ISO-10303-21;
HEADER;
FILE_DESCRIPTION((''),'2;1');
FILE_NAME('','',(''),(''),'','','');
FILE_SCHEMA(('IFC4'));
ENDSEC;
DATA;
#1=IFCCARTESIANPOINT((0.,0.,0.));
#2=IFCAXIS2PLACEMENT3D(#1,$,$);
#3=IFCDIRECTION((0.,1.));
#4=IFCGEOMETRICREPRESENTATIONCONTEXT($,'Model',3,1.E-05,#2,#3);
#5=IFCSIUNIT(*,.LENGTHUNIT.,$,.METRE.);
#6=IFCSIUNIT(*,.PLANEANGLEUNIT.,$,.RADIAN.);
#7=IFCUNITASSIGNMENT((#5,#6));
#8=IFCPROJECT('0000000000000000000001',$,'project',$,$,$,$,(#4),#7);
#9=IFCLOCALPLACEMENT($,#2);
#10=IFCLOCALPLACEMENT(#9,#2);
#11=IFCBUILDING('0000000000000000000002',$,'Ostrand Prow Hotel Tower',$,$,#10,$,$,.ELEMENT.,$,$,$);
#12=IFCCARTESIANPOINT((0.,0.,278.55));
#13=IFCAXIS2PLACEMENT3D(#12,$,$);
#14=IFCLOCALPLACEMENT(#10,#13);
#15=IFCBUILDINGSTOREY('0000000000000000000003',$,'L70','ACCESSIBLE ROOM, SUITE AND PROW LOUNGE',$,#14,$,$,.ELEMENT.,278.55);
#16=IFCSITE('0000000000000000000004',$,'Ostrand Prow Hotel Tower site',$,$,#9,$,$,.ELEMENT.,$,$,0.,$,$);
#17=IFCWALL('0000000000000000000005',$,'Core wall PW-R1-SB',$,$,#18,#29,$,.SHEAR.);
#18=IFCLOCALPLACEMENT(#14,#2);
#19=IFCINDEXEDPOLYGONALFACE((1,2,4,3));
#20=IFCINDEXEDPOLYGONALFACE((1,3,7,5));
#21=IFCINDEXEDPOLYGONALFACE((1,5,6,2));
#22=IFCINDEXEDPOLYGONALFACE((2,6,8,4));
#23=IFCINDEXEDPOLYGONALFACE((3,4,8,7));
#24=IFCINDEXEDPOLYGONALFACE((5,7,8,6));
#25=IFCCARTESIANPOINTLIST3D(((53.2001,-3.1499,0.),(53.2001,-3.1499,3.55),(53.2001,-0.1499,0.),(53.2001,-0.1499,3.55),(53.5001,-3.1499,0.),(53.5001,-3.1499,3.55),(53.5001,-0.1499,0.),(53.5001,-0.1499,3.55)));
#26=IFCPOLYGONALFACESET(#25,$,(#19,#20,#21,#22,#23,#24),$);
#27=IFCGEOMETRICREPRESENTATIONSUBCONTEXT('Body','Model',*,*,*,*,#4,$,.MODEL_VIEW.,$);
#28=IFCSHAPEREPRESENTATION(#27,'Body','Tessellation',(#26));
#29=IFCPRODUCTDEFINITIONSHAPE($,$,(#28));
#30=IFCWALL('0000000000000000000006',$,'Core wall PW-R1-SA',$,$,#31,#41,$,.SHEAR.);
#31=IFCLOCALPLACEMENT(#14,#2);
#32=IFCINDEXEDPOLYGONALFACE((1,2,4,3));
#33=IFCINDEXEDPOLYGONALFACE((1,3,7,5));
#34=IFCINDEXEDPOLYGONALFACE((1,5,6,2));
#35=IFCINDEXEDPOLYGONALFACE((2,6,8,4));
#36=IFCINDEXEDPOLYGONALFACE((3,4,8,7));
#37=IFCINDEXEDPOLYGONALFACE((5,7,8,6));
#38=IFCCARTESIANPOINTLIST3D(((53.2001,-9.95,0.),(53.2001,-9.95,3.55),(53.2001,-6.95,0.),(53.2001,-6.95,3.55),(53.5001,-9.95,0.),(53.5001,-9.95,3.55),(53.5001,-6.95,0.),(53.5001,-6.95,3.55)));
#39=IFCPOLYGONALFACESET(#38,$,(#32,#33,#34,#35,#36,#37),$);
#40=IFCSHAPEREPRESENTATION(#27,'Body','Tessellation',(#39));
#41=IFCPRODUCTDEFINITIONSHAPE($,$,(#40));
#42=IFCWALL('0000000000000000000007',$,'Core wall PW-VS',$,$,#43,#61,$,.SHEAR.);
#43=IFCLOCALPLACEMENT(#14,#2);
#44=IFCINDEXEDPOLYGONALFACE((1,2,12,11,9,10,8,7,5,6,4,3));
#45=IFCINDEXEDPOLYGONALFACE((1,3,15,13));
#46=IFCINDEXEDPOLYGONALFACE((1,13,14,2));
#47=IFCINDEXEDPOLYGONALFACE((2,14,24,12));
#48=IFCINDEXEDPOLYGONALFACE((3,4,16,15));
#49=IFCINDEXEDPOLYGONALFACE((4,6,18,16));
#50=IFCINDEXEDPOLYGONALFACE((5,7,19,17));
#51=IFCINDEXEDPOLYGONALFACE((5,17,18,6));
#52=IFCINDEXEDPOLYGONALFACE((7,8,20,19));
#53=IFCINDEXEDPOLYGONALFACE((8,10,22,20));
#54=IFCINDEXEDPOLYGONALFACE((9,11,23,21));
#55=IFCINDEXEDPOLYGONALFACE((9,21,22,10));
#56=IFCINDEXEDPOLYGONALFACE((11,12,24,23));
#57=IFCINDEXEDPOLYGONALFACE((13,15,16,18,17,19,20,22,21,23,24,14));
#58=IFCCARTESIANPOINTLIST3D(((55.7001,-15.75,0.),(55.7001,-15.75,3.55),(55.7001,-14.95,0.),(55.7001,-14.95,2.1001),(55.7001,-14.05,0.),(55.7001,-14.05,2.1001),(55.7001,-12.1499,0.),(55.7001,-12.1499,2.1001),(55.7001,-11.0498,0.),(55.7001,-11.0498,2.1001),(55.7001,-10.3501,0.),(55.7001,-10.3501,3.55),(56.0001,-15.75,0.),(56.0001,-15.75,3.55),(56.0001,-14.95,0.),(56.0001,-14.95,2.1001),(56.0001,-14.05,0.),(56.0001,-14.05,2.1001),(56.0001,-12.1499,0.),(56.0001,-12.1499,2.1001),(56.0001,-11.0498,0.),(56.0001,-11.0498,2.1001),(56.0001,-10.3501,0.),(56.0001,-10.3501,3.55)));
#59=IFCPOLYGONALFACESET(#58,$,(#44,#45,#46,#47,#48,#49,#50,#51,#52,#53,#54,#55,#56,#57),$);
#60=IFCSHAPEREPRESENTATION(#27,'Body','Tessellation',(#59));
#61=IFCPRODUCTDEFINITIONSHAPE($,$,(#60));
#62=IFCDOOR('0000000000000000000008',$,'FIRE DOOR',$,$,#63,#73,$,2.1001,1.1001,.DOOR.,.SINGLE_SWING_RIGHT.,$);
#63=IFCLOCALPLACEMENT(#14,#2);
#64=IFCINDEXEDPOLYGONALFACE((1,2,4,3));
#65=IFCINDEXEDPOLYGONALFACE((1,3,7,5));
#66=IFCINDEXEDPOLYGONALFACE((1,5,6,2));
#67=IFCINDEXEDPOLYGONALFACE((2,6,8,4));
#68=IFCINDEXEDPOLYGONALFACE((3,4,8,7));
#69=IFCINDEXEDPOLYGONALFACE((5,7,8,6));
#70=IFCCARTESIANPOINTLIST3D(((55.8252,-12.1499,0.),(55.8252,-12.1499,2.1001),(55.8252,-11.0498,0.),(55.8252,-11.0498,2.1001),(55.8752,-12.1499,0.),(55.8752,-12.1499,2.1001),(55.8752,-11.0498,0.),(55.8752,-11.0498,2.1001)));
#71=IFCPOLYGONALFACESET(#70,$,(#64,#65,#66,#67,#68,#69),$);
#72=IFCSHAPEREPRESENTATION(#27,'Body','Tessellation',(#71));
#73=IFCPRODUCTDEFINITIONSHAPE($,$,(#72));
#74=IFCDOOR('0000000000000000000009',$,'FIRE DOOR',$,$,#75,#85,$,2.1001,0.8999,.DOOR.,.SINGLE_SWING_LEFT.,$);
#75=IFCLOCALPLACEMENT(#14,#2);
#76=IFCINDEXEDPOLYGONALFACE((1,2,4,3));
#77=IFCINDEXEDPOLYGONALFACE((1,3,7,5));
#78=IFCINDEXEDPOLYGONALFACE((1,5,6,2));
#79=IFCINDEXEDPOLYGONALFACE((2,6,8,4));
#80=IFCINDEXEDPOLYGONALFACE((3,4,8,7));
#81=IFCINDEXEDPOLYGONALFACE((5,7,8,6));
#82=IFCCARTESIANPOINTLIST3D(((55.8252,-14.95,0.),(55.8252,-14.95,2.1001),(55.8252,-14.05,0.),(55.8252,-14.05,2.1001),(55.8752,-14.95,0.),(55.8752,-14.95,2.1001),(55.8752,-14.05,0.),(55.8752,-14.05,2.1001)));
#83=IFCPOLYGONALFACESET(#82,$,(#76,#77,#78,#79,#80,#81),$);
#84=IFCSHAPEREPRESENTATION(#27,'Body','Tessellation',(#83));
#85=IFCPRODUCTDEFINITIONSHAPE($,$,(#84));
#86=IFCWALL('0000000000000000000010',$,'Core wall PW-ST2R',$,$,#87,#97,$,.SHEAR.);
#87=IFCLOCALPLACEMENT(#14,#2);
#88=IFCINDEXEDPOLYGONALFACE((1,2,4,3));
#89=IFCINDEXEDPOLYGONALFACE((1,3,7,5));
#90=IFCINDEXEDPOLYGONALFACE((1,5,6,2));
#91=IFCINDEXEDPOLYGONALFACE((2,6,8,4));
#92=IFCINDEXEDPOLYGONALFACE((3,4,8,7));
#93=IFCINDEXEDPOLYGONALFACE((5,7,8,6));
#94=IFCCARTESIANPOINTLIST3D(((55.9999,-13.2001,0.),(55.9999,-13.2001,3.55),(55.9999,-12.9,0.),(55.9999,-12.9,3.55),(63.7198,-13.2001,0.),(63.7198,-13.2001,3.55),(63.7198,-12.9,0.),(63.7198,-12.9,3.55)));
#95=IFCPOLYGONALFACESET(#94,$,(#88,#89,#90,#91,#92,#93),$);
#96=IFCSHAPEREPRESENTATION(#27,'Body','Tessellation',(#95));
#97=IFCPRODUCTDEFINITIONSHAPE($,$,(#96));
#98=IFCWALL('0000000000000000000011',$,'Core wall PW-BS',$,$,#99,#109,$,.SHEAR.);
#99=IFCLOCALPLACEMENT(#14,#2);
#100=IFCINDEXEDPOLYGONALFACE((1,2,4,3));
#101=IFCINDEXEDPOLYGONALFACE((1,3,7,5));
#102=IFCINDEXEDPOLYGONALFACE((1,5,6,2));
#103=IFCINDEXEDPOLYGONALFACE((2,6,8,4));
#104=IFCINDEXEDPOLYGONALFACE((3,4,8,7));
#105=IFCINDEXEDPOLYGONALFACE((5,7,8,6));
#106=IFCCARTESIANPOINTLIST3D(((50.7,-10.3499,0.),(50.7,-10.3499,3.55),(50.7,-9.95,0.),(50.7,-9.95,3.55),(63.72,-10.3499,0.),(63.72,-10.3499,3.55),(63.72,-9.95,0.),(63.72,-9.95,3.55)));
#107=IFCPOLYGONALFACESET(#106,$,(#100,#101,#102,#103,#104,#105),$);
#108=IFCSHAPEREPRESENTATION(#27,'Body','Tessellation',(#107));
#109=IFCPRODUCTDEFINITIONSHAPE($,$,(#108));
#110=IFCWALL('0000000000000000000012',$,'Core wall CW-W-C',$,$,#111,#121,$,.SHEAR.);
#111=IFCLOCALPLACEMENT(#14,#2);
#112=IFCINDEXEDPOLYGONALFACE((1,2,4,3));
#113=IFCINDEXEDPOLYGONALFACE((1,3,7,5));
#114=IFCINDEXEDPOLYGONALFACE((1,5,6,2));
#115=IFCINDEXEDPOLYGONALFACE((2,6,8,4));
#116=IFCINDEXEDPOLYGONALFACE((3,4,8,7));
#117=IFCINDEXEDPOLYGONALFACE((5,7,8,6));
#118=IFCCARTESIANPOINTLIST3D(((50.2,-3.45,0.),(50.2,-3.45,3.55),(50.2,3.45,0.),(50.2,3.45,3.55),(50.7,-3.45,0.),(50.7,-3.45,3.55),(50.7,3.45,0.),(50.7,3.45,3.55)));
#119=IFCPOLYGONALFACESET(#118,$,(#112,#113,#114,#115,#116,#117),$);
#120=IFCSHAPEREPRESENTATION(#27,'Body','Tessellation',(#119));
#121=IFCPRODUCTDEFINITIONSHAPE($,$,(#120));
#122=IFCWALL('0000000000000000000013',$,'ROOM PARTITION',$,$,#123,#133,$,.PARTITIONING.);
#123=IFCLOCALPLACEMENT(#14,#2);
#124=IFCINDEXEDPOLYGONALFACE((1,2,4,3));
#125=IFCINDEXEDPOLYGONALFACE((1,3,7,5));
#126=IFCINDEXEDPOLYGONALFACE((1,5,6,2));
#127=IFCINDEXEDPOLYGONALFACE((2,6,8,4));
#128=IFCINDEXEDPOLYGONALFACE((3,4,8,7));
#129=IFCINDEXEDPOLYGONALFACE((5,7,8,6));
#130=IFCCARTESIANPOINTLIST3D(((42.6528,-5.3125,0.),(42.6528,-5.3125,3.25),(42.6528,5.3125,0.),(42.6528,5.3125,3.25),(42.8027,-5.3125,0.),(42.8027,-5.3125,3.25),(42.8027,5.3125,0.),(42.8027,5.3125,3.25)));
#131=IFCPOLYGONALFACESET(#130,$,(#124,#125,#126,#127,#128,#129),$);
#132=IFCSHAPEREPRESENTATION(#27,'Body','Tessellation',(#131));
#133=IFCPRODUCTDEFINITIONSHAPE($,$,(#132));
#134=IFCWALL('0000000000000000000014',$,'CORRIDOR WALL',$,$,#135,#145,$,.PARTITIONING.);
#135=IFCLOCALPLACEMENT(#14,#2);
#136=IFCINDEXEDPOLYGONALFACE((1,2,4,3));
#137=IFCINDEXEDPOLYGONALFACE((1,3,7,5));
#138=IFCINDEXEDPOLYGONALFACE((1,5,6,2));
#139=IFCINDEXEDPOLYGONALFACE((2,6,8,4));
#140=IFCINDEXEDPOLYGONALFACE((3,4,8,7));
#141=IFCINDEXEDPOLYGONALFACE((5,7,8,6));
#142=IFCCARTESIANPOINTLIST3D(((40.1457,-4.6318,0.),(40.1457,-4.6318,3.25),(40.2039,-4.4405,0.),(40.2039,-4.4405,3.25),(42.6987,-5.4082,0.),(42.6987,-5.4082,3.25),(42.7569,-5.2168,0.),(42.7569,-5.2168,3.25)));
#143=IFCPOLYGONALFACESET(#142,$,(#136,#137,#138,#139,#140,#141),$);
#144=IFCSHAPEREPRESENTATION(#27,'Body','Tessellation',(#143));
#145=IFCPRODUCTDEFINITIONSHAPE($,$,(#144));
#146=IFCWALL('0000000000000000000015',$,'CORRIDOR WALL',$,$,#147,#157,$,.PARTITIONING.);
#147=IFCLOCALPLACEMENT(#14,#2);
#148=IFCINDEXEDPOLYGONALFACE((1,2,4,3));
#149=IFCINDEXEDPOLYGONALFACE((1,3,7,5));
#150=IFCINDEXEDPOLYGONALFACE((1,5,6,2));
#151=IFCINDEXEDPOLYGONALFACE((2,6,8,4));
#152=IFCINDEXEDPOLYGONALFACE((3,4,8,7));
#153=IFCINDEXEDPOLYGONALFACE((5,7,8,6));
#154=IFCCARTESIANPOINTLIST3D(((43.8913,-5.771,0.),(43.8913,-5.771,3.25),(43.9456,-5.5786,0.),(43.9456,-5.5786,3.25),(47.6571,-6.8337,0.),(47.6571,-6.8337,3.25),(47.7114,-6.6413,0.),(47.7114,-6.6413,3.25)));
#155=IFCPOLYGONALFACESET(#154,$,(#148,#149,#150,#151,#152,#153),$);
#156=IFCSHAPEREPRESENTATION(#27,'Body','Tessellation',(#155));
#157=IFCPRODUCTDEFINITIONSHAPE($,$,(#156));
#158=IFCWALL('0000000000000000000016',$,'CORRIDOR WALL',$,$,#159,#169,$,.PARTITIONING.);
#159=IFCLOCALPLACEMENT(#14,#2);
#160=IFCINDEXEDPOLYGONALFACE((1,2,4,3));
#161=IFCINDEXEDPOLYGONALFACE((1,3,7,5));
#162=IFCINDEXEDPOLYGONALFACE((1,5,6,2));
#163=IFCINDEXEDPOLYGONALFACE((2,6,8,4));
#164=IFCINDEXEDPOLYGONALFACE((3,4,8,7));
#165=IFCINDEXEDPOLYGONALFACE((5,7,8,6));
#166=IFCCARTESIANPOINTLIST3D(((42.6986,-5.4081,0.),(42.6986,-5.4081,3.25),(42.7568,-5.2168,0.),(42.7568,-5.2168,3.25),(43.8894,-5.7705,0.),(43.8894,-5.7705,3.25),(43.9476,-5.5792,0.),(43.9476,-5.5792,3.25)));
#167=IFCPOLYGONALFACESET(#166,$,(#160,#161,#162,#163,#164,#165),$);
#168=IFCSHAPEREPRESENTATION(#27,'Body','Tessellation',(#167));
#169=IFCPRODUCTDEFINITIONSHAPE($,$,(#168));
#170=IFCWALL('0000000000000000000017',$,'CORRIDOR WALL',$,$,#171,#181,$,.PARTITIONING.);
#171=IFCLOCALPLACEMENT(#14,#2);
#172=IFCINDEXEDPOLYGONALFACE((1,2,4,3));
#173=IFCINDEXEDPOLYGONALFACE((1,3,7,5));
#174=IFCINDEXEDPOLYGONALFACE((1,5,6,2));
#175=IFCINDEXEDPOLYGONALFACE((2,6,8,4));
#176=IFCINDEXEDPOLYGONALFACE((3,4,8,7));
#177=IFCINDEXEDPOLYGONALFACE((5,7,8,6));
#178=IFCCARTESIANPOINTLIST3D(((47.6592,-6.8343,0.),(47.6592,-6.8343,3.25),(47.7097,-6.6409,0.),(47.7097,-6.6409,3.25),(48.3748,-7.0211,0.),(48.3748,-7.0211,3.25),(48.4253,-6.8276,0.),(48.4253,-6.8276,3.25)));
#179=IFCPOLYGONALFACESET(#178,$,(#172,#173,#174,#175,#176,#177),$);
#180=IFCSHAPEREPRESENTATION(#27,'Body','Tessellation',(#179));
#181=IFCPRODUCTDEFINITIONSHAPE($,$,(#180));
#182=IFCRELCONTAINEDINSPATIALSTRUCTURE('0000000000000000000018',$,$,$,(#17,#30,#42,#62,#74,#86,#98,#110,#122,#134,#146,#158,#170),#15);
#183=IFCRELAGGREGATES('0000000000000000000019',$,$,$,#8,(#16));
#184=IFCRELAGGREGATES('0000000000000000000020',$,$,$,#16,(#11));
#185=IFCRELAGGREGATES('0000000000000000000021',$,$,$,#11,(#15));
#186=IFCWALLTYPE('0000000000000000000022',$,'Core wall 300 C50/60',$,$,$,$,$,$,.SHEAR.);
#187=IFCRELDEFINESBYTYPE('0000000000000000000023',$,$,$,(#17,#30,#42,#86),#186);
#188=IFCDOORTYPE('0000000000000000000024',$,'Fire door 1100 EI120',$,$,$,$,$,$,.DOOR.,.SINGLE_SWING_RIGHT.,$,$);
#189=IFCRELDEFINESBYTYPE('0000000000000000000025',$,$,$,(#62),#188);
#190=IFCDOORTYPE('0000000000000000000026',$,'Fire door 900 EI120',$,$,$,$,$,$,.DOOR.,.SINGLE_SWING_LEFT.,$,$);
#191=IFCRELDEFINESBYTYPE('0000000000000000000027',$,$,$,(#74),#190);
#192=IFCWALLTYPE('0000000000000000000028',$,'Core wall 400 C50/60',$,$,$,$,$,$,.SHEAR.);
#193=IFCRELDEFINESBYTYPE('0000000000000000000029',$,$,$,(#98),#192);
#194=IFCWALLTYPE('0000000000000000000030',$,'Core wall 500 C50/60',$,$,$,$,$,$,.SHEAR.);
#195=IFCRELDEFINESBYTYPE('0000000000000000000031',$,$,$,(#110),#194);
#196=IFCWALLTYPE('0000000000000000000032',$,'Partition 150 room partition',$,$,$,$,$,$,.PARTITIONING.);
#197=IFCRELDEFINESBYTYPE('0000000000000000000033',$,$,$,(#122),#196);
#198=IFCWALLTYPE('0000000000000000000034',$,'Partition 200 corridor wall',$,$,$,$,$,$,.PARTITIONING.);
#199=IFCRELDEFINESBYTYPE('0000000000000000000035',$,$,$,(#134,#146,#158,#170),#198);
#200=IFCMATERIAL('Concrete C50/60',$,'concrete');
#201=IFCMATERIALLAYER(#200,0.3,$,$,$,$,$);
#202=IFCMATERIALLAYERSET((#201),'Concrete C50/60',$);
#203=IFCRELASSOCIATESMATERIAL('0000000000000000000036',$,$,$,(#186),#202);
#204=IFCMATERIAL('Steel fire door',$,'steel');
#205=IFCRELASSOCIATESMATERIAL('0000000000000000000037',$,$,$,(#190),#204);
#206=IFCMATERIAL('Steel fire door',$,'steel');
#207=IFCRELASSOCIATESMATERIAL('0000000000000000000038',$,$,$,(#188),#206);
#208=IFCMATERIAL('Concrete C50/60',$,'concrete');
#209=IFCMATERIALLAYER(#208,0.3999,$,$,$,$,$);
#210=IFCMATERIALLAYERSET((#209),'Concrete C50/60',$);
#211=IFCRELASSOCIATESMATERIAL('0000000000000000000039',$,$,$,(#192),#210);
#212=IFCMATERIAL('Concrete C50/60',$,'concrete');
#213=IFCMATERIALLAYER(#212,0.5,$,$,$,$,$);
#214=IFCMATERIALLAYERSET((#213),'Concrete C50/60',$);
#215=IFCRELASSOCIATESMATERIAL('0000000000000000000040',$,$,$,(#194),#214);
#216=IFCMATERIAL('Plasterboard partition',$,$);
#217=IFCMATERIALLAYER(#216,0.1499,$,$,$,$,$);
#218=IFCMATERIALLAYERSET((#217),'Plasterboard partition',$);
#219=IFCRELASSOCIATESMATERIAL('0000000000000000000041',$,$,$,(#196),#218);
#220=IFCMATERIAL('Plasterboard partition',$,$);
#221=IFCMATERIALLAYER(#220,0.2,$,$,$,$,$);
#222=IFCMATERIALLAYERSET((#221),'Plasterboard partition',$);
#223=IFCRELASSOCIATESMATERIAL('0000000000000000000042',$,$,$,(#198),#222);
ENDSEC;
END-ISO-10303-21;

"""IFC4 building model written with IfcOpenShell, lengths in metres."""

from ifc_helpers import new_model, si_unit, direction, frame, frame_2d, origin, place, context, subcontext, project, spatial, rectangle, extrude, material, layer, layer_set, type_object, element, fill, save


model = new_model("IFC4")

# Units and contexts
model_context = context("Model", 3, precision=1e-05, world=origin(), true_north=direction((0.0, 1.0)))
body_context = subcontext(model_context, "Body", "Model", "MODEL_VIEW")
ifc_project = project(units=[si_unit("LENGTHUNIT", "METRE"), si_unit("PLANEANGLEUNIT", "RADIAN")], contexts=[model_context])

# Site, building, storey
site_placement = place(None, origin())
site = spatial("IfcSite", under=ifc_project, at=site_placement, Name="Ostrand Prow Hotel Tower site", CompositionType="ELEMENT", RefElevation=0.0)
building_placement = place(site_placement, origin())
building = spatial("IfcBuilding", under=site, at=building_placement, Name="Ostrand Prow Hotel Tower", CompositionType="ELEMENT")
storey_placement = place(building_placement, frame((0.0, 0.0, 278.55)))
storey = spatial("IfcBuildingStorey", under=building, at=storey_placement, Name="L70", Description="ACCESSIBLE ROOM, SUITE AND PROW LOUNGE", CompositionType="ELEMENT", Elevation=278.55)

# Shared definitions
ifc_material_1 = material(Name="Concrete C50/60", Category="concrete")
ifc_layer_1 = layer(ifc_material_1, 0.3)
ifc_layer_set_1 = layer_set([ifc_layer_1], Name="Concrete C50/60")
wall_type_1 = type_object("IfcWallType", Name="Core wall 300 C50/60", PredefinedType="SHEAR", material=ifc_layer_set_1)

# Shared definitions
ifc_material_2 = material(Name="Steel fire door", Category="steel")
door_type_1 = type_object("IfcDoorType", Name="Fire door 900 EI120", OperationType="SINGLE_SWING_LEFT", PredefinedType="DOOR", material=ifc_material_2)

# Walls
for number, where, z_axis, x_axis, name in (
    (1, (53.3501, -3.1499, 0.0), (0.0, 0.0, 1.0), (0.0, 1.0, 0.0), "Core wall PW-R1-SB"),
    (2, (53.3501, -9.95, 0.0), (0.0, 0.0, 1.0), (0.0, 1.0, 0.0), "Core wall PW-R1-SA"),
):
    element("IfcWall", number, at=place(storey_placement, frame(where, z_axis=z_axis, x_axis=x_axis)), inside=storey, type_object=wall_type_1, Name=name, PredefinedType="SHEAR", context=body_context, shape_type="SweptSolid", body=[
        extrude(rectangle(XDim=3.0, YDim=0.3, at=frame_2d((1.5, 0.0))), origin(), (0.0, 0.0, 1.0), 3.55),
    ])

# Wall, openings, doors
wall_1_placement = place(storey_placement, frame((55.8501, -15.75, 0.0), z_axis=(0.0, 0.0, 1.0), x_axis=(0.0, 1.0, 0.0)))
wall_1 = element("IfcWall", 3, at=wall_1_placement, inside=storey, type_object=wall_type_1, Name="Core wall PW-VS", PredefinedType="SHEAR", context=body_context, shape_type="SweptSolid", body=[
    extrude(rectangle(XDim=5.3999, YDim=0.3, at=frame_2d((2.7, 0.0))), origin(), (0.0, 0.0, 1.0), 3.55),
])
opening_1_placement = place(wall_1_placement, frame((3.6001, 0.0, 0.0)))
opening_1 = element("IfcOpeningElement", 4, at=opening_1_placement, cuts=wall_1, PredefinedType="OPENING", context=body_context, shape_type="SweptSolid", body=[
    extrude(rectangle(XDim=1.1001, YDim=2.1001, at=frame_2d((0.55, 1.05))), frame((0.0, 0.1599, 0.0), z_axis=(0.0, -1.0, 0.0), x_axis=(1.0, 0.0, 0.0)), (0.0, 0.0, 1.0), 0.3201),
])
opening_2_placement = place(wall_1_placement, frame((0.8, 0.0, 0.0)))
opening_2 = element("IfcOpeningElement", 5, at=opening_2_placement, cuts=wall_1, PredefinedType="OPENING", context=body_context, shape_type="SweptSolid", body=[
    extrude(rectangle(XDim=0.8999, YDim=2.1001, at=frame_2d((0.45, 1.05))), frame((0.0, 0.1599, 0.0), z_axis=(0.0, -1.0, 0.0), x_axis=(1.0, 0.0, 0.0)), (0.0, 0.0, 1.0), 0.3201),
])
ifc_material_3 = material(Name="Steel fire door", Category="steel")
door_type_2 = type_object("IfcDoorType", Name="Fire door 1100 EI120", OperationType="SINGLE_SWING_RIGHT", PredefinedType="DOOR", material=ifc_material_3)
door_1_placement = place(opening_1_placement, origin())
door_1 = element("IfcDoor", 6, at=door_1_placement, inside=storey, type_object=door_type_2, Name="FIRE DOOR", OperationType="SINGLE_SWING_RIGHT", OverallHeight=2.1001, OverallWidth=1.1001, PredefinedType="DOOR", context=body_context, shape_type="SweptSolid", body=[
    extrude(rectangle(XDim=1.1001, YDim=2.1001, at=frame_2d((0.55, 1.05))), frame((0.0, 0.0249, 0.0), z_axis=(0.0, -1.0, 0.0), x_axis=(1.0, 0.0, 0.0)), (0.0, 0.0, 1.0), 0.05),
])
fill(opening_1, door_1)
door_2_placement = place(opening_2_placement, origin())
door_2 = element("IfcDoor", 7, at=door_2_placement, inside=storey, type_object=door_type_1, Name="FIRE DOOR", OperationType="SINGLE_SWING_LEFT", OverallHeight=2.1001, OverallWidth=0.8999, PredefinedType="DOOR", context=body_context, shape_type="SweptSolid", body=[
    extrude(rectangle(XDim=0.8999, YDim=2.1001, at=frame_2d((0.45, 1.05))), frame((0.0, 0.0249, 0.0), z_axis=(0.0, -1.0, 0.0), x_axis=(1.0, 0.0, 0.0)), (0.0, 0.0, 1.0), 0.05),
])
fill(opening_2, door_2)

# Walls
wall_2_placement = place(storey_placement, frame((56.0, -13.05, 0.0), z_axis=(0.0, 0.0, 1.0), x_axis=(1.0, 0.0, 0.0)))
element("IfcWall", 8, at=wall_2_placement, inside=storey, type_object=wall_type_1, Name="Core wall PW-ST2R", PredefinedType="SHEAR", context=body_context, shape_type="SweptSolid", body=[
    extrude(rectangle(XDim=7.72, YDim=0.3, at=frame_2d((3.8599, 0.0))), origin(), (0.0, 0.0, 1.0), 3.55),
])
ifc_material_4 = material(Name="Concrete C50/60", Category="concrete")
ifc_layer_2 = layer(ifc_material_4, 0.3999)
ifc_layer_set_2 = layer_set([ifc_layer_2], Name="Concrete C50/60")
wall_type_2 = type_object("IfcWallType", Name="Core wall 400 C50/60", PredefinedType="SHEAR", material=ifc_layer_set_2)
wall_3_placement = place(storey_placement, frame((50.7, -10.1499, 0.0), z_axis=(0.0, 0.0, 1.0), x_axis=(1.0, 0.0, 0.0)))
element("IfcWall", 9, at=wall_3_placement, inside=storey, type_object=wall_type_2, Name="Core wall PW-BS", PredefinedType="SHEAR", context=body_context, shape_type="SweptSolid", body=[
    extrude(rectangle(XDim=13.02, YDim=0.3999, at=frame_2d((6.51, 0.0))), origin(), (0.0, 0.0, 1.0), 3.55),
])
ifc_material_5 = material(Name="Concrete C50/60", Category="concrete")
ifc_layer_3 = layer(ifc_material_5, 0.5)
ifc_layer_set_3 = layer_set([ifc_layer_3], Name="Concrete C50/60")
wall_type_3 = type_object("IfcWallType", Name="Core wall 500 C50/60", PredefinedType="SHEAR", material=ifc_layer_set_3)
wall_4_placement = place(storey_placement, frame((50.45, -3.45, 0.0), z_axis=(0.0, 0.0, 1.0), x_axis=(0.0, 1.0, 0.0)))
element("IfcWall", 10, at=wall_4_placement, inside=storey, type_object=wall_type_3, Name="Core wall CW-W-C", PredefinedType="SHEAR", context=body_context, shape_type="SweptSolid", body=[
    extrude(rectangle(XDim=6.8999, YDim=0.5, at=frame_2d((3.45, 0.0))), origin(), (0.0, 0.0, 1.0), 3.55),
])
ifc_material_6 = material(Name="Plasterboard partition")
ifc_layer_4 = layer(ifc_material_6, 0.1499)
ifc_layer_set_4 = layer_set([ifc_layer_4], Name="Plasterboard partition")
wall_type_4 = type_object("IfcWallType", Name="Partition 150 room partition", PredefinedType="PARTITIONING", material=ifc_layer_set_4)
wall_5_placement = place(storey_placement, frame((42.7278, -5.3125, 0.0), z_axis=(0.0, 0.0, 1.0), x_axis=(0.0, 1.0, 0.0)))
element("IfcWall", 11, at=wall_5_placement, inside=storey, type_object=wall_type_4, Name="ROOM PARTITION", PredefinedType="PARTITIONING", context=body_context, shape_type="SweptSolid", body=[
    extrude(rectangle(XDim=10.625, YDim=0.1499, at=frame_2d((5.3125, 0.0))), origin(), (0.0, 0.0, 1.0), 3.25),
])
ifc_material_7 = material(Name="Plasterboard partition")
ifc_layer_5 = layer(ifc_material_7, 0.2)
ifc_layer_set_5 = layer_set([ifc_layer_5], Name="Plasterboard partition")
wall_type_5 = type_object("IfcWallType", Name="Partition 200 corridor wall", PredefinedType="PARTITIONING", material=ifc_layer_set_5)
wall_6_placement = place(storey_placement, frame((42.7278, -5.3125, 0.0), z_axis=(0.0, 0.0, 1.0), x_axis=(-0.956739, 0.290947, 0.0)))
element("IfcWall", 12, at=wall_6_placement, inside=storey, type_object=wall_type_5, Name="CORRIDOR WALL", PredefinedType="PARTITIONING", context=body_context, shape_type="SweptSolid", body=[
    extrude(rectangle(XDim=2.6685, YDim=0.2, at=frame_2d((1.3342, 0.0))), origin(), (0.0, 0.0, 1.0), 3.25),
])
wall_7_placement = place(storey_placement, frame((47.6843, -6.7375, 0.0), z_axis=(0.0, 0.0, 1.0), x_axis=(-0.962411, 0.271596, 0.0)))
element("IfcWall", 13, at=wall_7_placement, inside=storey, type_object=wall_type_5, Name="CORRIDOR WALL", PredefinedType="PARTITIONING", context=body_context, shape_type="SweptSolid", body=[
    extrude(rectangle(XDim=3.9128, YDim=0.2, at=frame_2d((1.9565, 0.0))), origin(), (0.0, 0.0, 1.0), 3.25),
])
wall_8_placement = place(storey_placement, frame((43.9185, -5.6748, 0.0), z_axis=(0.0, 0.0, 1.0), x_axis=(-0.956691, 0.291107, 0.0)))
element("IfcWall", 14, at=wall_8_placement, inside=storey, type_object=wall_type_5, Name="CORRIDOR WALL", PredefinedType="PARTITIONING", context=body_context, shape_type="SweptSolid", body=[
    extrude(rectangle(XDim=1.2446, YDim=0.2, at=frame_2d((0.6223, 0.0))), origin(), (0.0, 0.0, 1.0), 3.25),
])
wall_9_placement = place(storey_placement, frame((48.3999, -6.9243, 0.0), z_axis=(0.0, 0.0, 1.0), x_axis=(-0.967586, 0.252543, 0.0)))
element("IfcWall", 15, at=wall_9_placement, inside=storey, type_object=wall_type_5, Name="CORRIDOR WALL", PredefinedType="PARTITIONING", context=body_context, shape_type="SweptSolid", body=[
    extrude(rectangle(XDim=0.7395, YDim=0.2, at=frame_2d((0.3696, 0.0))), origin(), (0.0, 0.0, 1.0), 3.25),
])

save(model, "model.ifc")
